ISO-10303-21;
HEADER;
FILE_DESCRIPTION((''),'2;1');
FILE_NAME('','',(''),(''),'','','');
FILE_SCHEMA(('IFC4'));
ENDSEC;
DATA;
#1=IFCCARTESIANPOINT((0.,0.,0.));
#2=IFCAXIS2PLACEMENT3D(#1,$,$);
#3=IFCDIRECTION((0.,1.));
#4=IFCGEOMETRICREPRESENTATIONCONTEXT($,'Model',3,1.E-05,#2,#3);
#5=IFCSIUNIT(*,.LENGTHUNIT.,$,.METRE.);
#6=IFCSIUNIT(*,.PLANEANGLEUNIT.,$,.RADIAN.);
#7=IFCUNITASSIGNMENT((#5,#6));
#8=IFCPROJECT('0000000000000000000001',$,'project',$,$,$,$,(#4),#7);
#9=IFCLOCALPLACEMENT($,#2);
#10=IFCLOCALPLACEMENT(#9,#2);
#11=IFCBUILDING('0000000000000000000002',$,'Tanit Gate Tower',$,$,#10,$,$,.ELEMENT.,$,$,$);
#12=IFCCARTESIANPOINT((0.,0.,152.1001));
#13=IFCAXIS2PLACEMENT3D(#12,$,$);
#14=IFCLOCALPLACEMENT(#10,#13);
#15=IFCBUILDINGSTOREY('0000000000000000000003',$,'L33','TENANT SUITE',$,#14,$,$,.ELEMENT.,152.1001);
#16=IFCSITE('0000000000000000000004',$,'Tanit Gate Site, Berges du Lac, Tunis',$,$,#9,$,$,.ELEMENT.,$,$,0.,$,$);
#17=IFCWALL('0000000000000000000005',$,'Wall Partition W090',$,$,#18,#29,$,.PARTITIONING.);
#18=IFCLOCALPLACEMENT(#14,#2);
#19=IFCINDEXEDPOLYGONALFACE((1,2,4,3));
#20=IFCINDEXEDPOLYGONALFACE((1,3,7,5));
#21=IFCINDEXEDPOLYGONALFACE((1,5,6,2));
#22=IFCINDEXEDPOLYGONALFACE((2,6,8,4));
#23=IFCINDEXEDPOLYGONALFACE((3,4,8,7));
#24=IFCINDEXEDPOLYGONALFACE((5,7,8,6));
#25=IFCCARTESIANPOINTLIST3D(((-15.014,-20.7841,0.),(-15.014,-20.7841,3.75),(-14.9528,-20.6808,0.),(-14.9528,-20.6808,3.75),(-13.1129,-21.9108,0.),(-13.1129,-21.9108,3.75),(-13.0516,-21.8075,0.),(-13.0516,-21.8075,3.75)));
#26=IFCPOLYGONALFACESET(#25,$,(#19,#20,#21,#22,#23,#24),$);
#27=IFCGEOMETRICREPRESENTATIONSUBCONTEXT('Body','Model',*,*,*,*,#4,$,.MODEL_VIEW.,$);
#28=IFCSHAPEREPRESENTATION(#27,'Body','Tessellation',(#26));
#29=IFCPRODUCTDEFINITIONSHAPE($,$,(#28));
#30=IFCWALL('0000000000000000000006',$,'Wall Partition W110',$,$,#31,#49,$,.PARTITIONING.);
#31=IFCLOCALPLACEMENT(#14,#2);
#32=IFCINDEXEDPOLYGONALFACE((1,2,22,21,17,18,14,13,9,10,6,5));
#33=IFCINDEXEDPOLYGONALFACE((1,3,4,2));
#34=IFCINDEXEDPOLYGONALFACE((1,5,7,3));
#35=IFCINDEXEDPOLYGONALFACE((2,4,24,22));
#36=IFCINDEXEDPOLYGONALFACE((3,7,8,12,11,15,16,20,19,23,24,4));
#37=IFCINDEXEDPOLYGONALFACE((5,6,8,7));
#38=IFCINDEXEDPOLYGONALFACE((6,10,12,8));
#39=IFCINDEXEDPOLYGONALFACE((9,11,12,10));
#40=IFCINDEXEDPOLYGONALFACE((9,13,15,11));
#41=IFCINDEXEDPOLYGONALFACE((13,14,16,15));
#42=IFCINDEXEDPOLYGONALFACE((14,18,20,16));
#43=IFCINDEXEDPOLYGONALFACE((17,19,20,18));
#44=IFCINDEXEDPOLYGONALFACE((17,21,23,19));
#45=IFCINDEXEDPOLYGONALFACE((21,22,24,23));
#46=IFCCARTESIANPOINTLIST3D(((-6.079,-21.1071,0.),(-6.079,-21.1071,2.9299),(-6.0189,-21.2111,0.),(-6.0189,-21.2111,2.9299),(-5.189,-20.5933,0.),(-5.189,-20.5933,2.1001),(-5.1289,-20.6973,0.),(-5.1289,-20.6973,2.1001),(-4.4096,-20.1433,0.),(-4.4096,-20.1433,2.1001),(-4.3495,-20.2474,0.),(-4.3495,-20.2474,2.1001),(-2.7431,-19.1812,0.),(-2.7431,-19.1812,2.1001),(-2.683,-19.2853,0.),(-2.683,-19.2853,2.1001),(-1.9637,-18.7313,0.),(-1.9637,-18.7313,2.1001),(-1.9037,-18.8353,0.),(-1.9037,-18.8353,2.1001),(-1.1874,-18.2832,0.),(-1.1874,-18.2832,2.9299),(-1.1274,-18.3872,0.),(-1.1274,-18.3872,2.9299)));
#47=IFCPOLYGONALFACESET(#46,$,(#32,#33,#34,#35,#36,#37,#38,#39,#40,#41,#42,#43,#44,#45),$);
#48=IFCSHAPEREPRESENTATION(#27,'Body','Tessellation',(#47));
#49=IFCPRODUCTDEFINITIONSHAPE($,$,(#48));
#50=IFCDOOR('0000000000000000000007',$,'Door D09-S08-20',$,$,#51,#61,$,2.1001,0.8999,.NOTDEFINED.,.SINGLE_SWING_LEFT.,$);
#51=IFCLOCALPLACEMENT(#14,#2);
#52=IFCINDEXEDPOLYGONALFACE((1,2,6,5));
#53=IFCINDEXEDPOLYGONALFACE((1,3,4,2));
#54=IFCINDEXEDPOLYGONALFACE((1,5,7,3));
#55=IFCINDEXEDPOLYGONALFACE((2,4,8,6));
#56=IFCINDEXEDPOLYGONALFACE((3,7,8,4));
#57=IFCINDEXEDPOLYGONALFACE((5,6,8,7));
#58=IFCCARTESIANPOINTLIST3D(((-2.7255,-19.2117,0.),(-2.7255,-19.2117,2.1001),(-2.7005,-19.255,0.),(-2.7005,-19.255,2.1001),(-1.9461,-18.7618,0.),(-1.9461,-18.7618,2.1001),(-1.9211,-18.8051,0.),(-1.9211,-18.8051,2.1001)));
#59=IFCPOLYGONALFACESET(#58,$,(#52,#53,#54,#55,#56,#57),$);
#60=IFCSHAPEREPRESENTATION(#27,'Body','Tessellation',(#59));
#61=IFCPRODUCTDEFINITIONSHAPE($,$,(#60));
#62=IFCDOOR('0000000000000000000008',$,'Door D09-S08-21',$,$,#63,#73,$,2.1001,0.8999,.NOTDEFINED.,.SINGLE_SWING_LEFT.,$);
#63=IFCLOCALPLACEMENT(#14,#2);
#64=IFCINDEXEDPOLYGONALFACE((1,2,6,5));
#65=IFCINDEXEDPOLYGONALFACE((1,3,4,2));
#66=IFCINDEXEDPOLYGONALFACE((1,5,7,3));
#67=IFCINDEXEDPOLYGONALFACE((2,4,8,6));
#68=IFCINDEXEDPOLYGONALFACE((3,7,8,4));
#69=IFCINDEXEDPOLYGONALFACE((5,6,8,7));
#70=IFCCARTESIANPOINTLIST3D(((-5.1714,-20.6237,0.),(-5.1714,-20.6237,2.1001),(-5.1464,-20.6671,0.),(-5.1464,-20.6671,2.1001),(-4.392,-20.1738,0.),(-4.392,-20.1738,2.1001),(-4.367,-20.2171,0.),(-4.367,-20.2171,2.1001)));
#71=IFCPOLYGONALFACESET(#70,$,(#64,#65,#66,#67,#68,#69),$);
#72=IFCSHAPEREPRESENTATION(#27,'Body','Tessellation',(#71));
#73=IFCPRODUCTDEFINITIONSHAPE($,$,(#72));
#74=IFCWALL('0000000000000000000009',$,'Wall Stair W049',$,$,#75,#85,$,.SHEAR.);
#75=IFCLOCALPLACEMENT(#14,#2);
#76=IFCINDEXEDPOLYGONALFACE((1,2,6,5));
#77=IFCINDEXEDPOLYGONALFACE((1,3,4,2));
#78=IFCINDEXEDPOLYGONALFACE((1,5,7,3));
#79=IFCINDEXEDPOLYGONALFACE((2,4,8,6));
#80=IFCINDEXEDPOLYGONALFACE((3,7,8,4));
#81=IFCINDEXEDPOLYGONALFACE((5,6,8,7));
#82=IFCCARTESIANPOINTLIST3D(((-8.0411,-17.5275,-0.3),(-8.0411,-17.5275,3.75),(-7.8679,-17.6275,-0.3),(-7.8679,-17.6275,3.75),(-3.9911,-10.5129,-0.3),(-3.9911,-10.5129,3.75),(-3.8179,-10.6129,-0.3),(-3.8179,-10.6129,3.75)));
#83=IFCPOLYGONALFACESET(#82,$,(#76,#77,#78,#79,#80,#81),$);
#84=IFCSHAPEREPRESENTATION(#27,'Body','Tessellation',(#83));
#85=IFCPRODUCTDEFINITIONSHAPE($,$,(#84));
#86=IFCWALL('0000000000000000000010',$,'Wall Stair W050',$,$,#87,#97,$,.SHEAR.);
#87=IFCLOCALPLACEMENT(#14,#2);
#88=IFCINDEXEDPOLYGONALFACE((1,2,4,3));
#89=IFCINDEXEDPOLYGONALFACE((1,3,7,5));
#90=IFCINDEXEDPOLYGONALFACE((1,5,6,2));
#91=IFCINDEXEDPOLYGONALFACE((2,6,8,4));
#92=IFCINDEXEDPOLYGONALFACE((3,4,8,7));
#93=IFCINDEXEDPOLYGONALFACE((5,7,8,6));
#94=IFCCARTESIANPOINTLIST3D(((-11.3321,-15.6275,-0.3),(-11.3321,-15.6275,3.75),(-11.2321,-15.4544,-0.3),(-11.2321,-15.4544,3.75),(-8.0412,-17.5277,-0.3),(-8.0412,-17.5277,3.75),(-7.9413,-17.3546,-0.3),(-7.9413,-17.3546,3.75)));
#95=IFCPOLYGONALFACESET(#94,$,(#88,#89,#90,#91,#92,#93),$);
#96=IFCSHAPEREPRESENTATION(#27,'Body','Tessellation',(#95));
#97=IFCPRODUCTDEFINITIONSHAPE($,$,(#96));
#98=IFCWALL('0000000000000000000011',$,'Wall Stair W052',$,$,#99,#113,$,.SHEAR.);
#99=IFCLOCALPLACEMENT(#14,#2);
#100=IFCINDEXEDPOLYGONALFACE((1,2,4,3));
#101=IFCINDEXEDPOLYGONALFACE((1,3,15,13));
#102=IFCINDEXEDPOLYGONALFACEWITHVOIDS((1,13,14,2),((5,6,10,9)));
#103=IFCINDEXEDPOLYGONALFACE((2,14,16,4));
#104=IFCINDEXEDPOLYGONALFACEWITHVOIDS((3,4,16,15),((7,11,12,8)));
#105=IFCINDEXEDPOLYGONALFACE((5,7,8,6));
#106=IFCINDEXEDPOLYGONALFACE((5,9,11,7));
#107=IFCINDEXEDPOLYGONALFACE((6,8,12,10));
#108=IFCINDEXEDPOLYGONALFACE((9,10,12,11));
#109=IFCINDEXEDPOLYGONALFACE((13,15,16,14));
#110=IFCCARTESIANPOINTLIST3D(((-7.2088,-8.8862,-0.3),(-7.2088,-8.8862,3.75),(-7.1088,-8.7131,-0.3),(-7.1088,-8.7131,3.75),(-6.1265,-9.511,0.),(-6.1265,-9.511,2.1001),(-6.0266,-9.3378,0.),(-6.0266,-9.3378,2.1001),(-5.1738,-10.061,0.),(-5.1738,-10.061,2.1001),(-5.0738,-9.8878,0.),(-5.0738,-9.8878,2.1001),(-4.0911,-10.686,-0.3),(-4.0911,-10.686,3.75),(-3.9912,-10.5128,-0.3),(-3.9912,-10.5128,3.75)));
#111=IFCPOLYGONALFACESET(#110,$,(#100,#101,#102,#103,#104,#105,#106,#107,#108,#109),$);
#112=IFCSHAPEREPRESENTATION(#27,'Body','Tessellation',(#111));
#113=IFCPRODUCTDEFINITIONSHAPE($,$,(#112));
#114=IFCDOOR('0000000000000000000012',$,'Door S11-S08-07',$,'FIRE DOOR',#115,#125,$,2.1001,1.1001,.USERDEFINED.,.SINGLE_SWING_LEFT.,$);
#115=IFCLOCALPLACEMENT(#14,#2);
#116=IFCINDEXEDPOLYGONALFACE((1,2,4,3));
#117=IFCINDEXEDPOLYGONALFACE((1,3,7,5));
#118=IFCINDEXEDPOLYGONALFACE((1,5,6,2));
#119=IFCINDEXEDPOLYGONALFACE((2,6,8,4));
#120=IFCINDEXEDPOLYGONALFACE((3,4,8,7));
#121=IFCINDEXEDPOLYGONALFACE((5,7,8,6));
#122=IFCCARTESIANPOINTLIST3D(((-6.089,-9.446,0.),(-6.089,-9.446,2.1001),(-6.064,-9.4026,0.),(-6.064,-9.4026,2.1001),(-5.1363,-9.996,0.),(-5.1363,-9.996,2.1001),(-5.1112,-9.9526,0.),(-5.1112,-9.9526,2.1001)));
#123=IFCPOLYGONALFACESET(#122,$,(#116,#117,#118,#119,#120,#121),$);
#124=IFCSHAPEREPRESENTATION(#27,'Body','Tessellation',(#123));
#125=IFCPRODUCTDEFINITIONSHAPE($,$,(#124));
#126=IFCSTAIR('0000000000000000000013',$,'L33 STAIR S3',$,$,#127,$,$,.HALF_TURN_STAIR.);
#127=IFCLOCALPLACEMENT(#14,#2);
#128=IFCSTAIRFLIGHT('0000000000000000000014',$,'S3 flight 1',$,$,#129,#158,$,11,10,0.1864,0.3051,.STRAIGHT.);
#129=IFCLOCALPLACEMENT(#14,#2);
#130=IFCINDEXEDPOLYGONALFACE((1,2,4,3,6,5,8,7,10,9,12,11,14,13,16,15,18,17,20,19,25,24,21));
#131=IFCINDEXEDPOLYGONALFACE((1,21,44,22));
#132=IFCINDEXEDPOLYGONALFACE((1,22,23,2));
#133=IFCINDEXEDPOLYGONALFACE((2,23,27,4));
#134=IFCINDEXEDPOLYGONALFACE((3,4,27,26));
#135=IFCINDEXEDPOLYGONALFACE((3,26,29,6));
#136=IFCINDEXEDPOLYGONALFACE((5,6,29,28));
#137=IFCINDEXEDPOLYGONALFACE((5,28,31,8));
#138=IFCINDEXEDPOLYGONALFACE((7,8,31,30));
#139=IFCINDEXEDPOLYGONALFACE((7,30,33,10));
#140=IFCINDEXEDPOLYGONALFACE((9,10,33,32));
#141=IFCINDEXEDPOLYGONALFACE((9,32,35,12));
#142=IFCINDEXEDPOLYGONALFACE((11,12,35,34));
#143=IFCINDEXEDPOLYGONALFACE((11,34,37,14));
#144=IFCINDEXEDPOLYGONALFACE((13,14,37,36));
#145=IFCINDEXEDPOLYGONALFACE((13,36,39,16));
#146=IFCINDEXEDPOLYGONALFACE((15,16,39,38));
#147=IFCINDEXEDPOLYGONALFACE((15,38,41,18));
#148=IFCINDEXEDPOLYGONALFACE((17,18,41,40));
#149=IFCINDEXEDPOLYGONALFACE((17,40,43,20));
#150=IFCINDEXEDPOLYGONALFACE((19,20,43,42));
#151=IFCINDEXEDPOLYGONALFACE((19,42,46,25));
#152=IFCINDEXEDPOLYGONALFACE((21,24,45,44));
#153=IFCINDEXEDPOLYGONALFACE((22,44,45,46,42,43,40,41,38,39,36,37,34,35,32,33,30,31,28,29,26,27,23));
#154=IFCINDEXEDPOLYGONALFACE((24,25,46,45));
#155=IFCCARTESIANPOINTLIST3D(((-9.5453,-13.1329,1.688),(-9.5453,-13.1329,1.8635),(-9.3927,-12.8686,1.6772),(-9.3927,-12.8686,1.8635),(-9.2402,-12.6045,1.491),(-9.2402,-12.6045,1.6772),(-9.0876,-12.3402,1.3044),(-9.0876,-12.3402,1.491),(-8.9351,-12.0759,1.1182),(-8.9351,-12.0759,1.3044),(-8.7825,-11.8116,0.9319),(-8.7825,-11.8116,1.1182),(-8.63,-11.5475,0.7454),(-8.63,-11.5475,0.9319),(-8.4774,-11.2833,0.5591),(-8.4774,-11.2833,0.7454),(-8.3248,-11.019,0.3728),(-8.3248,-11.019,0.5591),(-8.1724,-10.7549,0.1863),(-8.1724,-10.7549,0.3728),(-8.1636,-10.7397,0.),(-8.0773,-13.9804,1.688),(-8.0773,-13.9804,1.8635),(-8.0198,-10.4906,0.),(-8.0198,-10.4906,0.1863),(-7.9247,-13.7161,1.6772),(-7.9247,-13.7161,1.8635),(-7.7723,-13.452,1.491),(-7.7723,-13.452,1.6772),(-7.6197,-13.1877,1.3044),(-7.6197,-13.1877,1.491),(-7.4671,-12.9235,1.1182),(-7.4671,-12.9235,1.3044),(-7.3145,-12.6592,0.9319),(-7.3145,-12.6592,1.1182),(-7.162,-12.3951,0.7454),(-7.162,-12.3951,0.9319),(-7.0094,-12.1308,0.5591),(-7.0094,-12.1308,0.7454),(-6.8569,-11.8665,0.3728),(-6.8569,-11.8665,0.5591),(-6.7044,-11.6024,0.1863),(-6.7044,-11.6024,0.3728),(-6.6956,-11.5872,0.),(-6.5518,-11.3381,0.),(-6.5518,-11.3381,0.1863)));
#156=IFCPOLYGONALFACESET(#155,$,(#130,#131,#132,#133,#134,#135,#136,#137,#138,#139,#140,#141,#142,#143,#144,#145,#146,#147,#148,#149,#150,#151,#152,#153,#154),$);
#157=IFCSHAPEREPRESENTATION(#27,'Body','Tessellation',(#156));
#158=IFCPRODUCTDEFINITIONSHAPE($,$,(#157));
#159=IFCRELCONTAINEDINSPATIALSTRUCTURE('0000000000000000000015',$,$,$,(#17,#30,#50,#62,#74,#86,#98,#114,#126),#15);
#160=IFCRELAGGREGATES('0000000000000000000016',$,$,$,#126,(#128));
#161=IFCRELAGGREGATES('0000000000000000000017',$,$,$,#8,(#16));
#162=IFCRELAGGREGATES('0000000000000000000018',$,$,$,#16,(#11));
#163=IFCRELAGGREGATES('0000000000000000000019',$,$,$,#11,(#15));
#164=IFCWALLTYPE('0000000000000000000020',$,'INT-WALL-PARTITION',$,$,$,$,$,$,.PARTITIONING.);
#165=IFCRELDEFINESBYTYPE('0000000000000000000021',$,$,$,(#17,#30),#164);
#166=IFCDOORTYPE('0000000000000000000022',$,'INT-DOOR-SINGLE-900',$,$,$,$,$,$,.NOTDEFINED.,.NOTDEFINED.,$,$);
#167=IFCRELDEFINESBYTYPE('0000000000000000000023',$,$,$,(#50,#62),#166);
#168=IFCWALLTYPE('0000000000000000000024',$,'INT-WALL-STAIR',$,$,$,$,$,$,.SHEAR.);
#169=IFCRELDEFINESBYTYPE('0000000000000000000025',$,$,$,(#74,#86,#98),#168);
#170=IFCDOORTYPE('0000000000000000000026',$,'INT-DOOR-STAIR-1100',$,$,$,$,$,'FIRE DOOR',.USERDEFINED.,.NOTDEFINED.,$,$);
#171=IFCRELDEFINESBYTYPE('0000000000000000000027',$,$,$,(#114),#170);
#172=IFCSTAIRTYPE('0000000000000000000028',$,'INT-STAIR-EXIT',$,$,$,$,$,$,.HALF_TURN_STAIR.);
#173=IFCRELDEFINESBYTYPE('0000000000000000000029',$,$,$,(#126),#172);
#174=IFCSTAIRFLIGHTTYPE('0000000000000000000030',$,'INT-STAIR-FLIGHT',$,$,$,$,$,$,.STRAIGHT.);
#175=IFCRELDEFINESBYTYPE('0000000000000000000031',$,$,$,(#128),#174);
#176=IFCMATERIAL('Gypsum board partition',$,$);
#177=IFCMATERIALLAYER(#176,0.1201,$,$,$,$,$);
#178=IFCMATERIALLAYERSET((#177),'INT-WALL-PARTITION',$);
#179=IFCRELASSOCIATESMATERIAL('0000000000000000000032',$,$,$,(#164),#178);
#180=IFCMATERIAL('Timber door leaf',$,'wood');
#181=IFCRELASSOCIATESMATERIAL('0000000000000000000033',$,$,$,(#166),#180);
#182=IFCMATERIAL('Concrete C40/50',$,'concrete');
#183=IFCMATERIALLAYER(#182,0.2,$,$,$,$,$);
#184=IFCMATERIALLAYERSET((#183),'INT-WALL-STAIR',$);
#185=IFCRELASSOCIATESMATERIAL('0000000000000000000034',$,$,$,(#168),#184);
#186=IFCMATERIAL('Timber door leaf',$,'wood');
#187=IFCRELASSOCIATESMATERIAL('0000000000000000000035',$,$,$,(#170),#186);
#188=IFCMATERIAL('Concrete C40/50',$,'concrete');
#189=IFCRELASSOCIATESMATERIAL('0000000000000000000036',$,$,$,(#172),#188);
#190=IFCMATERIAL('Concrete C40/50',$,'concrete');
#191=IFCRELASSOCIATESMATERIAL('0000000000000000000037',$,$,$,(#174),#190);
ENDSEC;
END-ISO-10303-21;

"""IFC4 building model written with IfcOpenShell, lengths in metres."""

from ifc_helpers import new_model, si_unit, direction, frame, frame_2d, origin, place, context, subcontext, project, spatial, polyline, rectangle, outline, extrude, material, layer, layer_set, type_object, element, fill, aggregate, save


model = new_model("IFC4")

# Units and contexts
model_context = context("Model", 3, precision=1e-05, world=origin(), true_north=direction((0.0, 1.0)))
body_context = subcontext(model_context, "Body", "Model", "MODEL_VIEW")
ifc_project = project(units=[si_unit("LENGTHUNIT", "METRE"), si_unit("PLANEANGLEUNIT", "RADIAN")], contexts=[model_context])

# Site, building, storey
site_placement = place(None, origin())
site = spatial("IfcSite", under=ifc_project, at=site_placement, Name="Tanit Gate Site, Berges du Lac, Tunis", CompositionType="ELEMENT", RefElevation=0.0)
building_placement = place(site_placement, origin())
building = spatial("IfcBuilding", under=site, at=building_placement, Name="Tanit Gate Tower", CompositionType="ELEMENT")
storey_placement = place(building_placement, frame((0.0, 0.0, 152.1001)))
storey = spatial("IfcBuildingStorey", under=building, at=storey_placement, Name="L33", Description="TENANT SUITE", CompositionType="ELEMENT", Elevation=152.1001)

# Wall
ifc_material_1 = material(Name="Gypsum board partition")
ifc_layer_1 = layer(ifc_material_1, 0.1201)
ifc_layer_set_1 = layer_set([ifc_layer_1], Name="INT-WALL-PARTITION")
wall_type_1 = type_object("IfcWallType", Name="INT-WALL-PARTITION", PredefinedType="PARTITIONING", material=ifc_layer_set_1)
wall_1_placement = place(storey_placement, frame((-14.9834, -20.7324, 0.0), z_axis=(0.0, 0.0, 1.0), x_axis=(0.860268, -0.509842, 0.0)))
element("IfcWall", 1, at=wall_1_placement, inside=storey, type_object=wall_type_1, Name="Wall Partition W090", PredefinedType="PARTITIONING", context=body_context, shape_type="SweptSolid", body=[
    extrude(rectangle(XDim=2.21, YDim=0.1201, at=frame_2d((1.105, 0.0))), origin(), (0.0, 0.0, 1.0), 3.75),
])

# Wall, openings, doors
wall_2_placement = place(storey_placement, frame((-6.0491, -21.1592, 0.0), z_axis=(0.0, 0.0, 1.0), x_axis=(0.86604, 0.499974, 0.0)))
wall_2 = element("IfcWall", 2, at=wall_2_placement, inside=storey, type_object=wall_type_1, Name="Wall Partition W110", PredefinedType="PARTITIONING", context=body_context, shape_type="SweptSolid", body=[
    extrude(rectangle(XDim=5.6482, YDim=0.1201, at=frame_2d((2.8242, 0.0))), origin(), (0.0, 0.0, 1.0), 2.9299),
])
opening_1_placement = place(wall_2_placement, frame((3.8521, 0.0, 0.0)))
opening_1 = element("IfcOpeningElement", 3, at=opening_1_placement, cuts=wall_2, PredefinedType="OPENING", context=body_context, shape_type="SweptSolid", body=[
    extrude(rectangle(XDim=0.8999, YDim=2.1001, at=frame_2d((0.45, 1.05))), frame((0.0, 0.0701, 0.0), z_axis=(0.0, -1.0, 0.0), x_axis=(1.0, 0.0, 0.0)), (0.0, 0.0, 1.0), 0.1401),
])
opening_2_placement = place(wall_2_placement, frame((1.0278, 0.0, 0.0)))
opening_2 = element("IfcOpeningElement", 4, at=opening_2_placement, cuts=wall_2, PredefinedType="OPENING", context=body_context, shape_type="SweptSolid", body=[
    extrude(rectangle(XDim=0.8999, YDim=2.1001, at=frame_2d((0.45, 1.05))), frame((0.0, 0.0701, 0.0), z_axis=(0.0, -1.0, 0.0), x_axis=(1.0, 0.0, 0.0)), (0.0, 0.0, 1.0), 0.1401),
])
ifc_material_2 = material(Name="Timber door leaf", Category="wood")
door_type_1 = type_object("IfcDoorType", Name="INT-DOOR-SINGLE-900", OperationType="NOTDEFINED", PredefinedType="NOTDEFINED", material=ifc_material_2)
door_1_placement = place(opening_1_placement, origin())
door_1 = element("IfcDoor", 5, at=door_1_placement, inside=storey, type_object=door_type_1, Name="Door D09-S08-20", OperationType="SINGLE_SWING_LEFT", OverallHeight=2.1001, OverallWidth=0.8999, PredefinedType="NOTDEFINED", context=body_context, shape_type="SweptSolid", body=[
    extrude(rectangle(XDim=0.8999, YDim=2.1001, at=frame_2d((0.45, 1.05))), frame((0.0, 0.0249, 0.0), z_axis=(0.0, -1.0, 0.0), x_axis=(1.0, 0.0, 0.0)), (0.0, 0.0, 1.0), 0.05),
])
fill(opening_1, door_1)
door_2_placement = place(opening_2_placement, origin())
door_2 = element("IfcDoor", 6, at=door_2_placement, inside=storey, type_object=door_type_1, Name="Door D09-S08-21", OperationType="SINGLE_SWING_LEFT", OverallHeight=2.1001, OverallWidth=0.8999, PredefinedType="NOTDEFINED", context=body_context, shape_type="SweptSolid", body=[
    extrude(rectangle(XDim=0.8999, YDim=2.1001, at=frame_2d((0.45, 1.05))), frame((0.0, 0.0249, 0.0), z_axis=(0.0, -1.0, 0.0), x_axis=(1.0, 0.0, 0.0)), (0.0, 0.0, 1.0), 0.05),
])
fill(opening_2, door_2)

# Walls
ifc_material_3 = material(Name="Concrete C40/50", Category="concrete")
ifc_layer_2 = layer(ifc_material_3, 0.2)
ifc_layer_set_2 = layer_set([ifc_layer_2], Name="INT-WALL-STAIR")
wall_type_2 = type_object("IfcWallType", Name="INT-WALL-STAIR", PredefinedType="SHEAR", material=ifc_layer_set_2)
wall_3_placement = place(storey_placement, frame((-3.9045, -10.563, -0.3), z_axis=(0.0, 0.0, 1.0), x_axis=(-0.500013, -0.866018, 0.0)))
element("IfcWall", 7, at=wall_3_placement, inside=storey, type_object=wall_type_2, Name="Wall Stair W049", PredefinedType="SHEAR", context=body_context, shape_type="SweptSolid", body=[
    extrude(rectangle(XDim=8.0999, YDim=0.2, at=frame_2d((4.0498, 0.0))), origin(), (0.0, 0.0, 1.0), 4.05),
])
wall_4_placement = place(storey_placement, frame((-11.282, -15.541, -0.3), z_axis=(0.0, 0.0, 1.0), x_axis=(0.866, -0.500043, 0.0)))
element("IfcWall", 8, at=wall_4_placement, inside=storey, type_object=wall_type_2, Name="Wall Stair W050", PredefinedType="SHEAR", context=body_context, shape_type="SweptSolid", body=[
    extrude(rectangle(XDim=3.8, YDim=0.2, at=frame_2d((1.8999, 0.0))), origin(), (0.0, 0.0, 1.0), 4.05),
])

# Wall, opening, door
wall_5_placement = place(storey_placement, frame((-4.0413, -10.5994, -0.3), z_axis=(0.0, 0.0, 1.0), x_axis=(-0.866048, 0.499961, 0.0)))
wall_5 = element("IfcWall", 9, at=wall_5_placement, inside=storey, type_object=wall_type_2, Name="Wall Stair W052", PredefinedType="SHEAR", context=body_context, shape_type="SweptSolid", body=[
    extrude(rectangle(XDim=3.5999, YDim=0.2, at=frame_2d((1.7998, 0.0))), origin(), (0.0, 0.0, 1.0), 4.05),
])
opening_3_placement = place(wall_5_placement, frame((1.25, 0.0, 0.3)))
opening_3 = element("IfcOpeningElement", 10, at=opening_3_placement, cuts=wall_5, PredefinedType="OPENING", context=body_context, shape_type="SweptSolid", body=[
    extrude(rectangle(XDim=1.1001, YDim=2.1001, at=frame_2d((0.55, 1.05))), frame((0.0, 0.1099, 0.0), z_axis=(0.0, -1.0, 0.0), x_axis=(1.0, 0.0, 0.0)), (0.0, 0.0, 1.0), 0.22),
])
ifc_material_4 = material(Name="Timber door leaf", Category="wood")
door_type_2 = type_object("IfcDoorType", Name="INT-DOOR-STAIR-1100", ElementType="FIRE DOOR", OperationType="NOTDEFINED", PredefinedType="USERDEFINED", material=ifc_material_4)
door_3_placement = place(opening_3_placement, origin())
door_3 = element("IfcDoor", 11, at=door_3_placement, inside=storey, type_object=door_type_2, Name="Door S11-S08-07", ObjectType="FIRE DOOR", OperationType="SINGLE_SWING_LEFT", OverallHeight=2.1001, OverallWidth=1.1001, PredefinedType="USERDEFINED", context=body_context, shape_type="SweptSolid", body=[
    extrude(rectangle(XDim=1.1001, YDim=2.1001, at=frame_2d((0.55, 1.05))), frame((0.0, 0.0249, 0.0), z_axis=(0.0, -1.0, 0.0), x_axis=(1.0, 0.0, 0.0)), (0.0, 0.0, 1.0), 0.05),
])
fill(opening_3, door_3)

# Stair, stair flight
ifc_material_5 = material(Name="Concrete C40/50", Category="concrete")
stair_type = type_object("IfcStairType", Name="INT-STAIR-EXIT", PredefinedType="HALF_TURN_STAIR", material=ifc_material_5)
stair_placement = place(storey_placement, origin())
stair = element("IfcStair", 12, at=stair_placement, inside=storey, type_object=stair_type, Name="L33 STAIR S3", PredefinedType="HALF_TURN_STAIR")
ifc_material_6 = material(Name="Concrete C40/50", Category="concrete")
stair_flight_type = type_object("IfcStairFlightType", Name="INT-STAIR-FLIGHT", PredefinedType="STRAIGHT", material=ifc_material_6)
stair_flight_1_placement = place(storey_placement, frame((-7.2859, -10.9143, 0.0), z_axis=(0.0, 0.0, 1.0), x_axis=(-0.5, -0.866025, 0.0)))
stair_flight_1 = element("IfcStairFlight", 13, at=stair_flight_1_placement, type_object=stair_flight_type, Name="S3 flight 1", NumberOfRisers=11, NumberOfTreads=10, PredefinedType="STRAIGHT", RiserHeight=0.1864, TreadLength=0.3051, context=body_context, shape_type="SweptSolid", body=[
    extrude(outline(polyline([(0.0, 0.0), (0.0, 0.1863), (0.3052, 0.1863), (0.3052, 0.3728), (0.6101, 0.3728), (0.6101, 0.5591), (0.9153, 0.5591), (0.9153, 0.7454), (1.2205, 0.7454), (1.2205, 0.9319), (1.5254, 0.9319), (1.5254, 1.1182), (1.8306, 1.1182), (1.8306, 1.3044), (2.1357, 1.3044), (2.1357, 1.491), (2.4409, 1.491), (2.4409, 1.6772), (2.7458, 1.6772), (2.7458, 1.8635), (3.051, 1.8635), (3.051, 2.05), (3.051, 1.688), (0.2876, 0.0), (0.0, 0.0)])), frame((0.0, 0.8477, 0.0), z_axis=(0.0, -1.0, 0.0), x_axis=(1.0, 0.0, 0.0)), (0.0, 0.0, 1.0), 1.6951),
])
aggregate(stair, [stair_flight_1])

save(model, "model.ifc")
